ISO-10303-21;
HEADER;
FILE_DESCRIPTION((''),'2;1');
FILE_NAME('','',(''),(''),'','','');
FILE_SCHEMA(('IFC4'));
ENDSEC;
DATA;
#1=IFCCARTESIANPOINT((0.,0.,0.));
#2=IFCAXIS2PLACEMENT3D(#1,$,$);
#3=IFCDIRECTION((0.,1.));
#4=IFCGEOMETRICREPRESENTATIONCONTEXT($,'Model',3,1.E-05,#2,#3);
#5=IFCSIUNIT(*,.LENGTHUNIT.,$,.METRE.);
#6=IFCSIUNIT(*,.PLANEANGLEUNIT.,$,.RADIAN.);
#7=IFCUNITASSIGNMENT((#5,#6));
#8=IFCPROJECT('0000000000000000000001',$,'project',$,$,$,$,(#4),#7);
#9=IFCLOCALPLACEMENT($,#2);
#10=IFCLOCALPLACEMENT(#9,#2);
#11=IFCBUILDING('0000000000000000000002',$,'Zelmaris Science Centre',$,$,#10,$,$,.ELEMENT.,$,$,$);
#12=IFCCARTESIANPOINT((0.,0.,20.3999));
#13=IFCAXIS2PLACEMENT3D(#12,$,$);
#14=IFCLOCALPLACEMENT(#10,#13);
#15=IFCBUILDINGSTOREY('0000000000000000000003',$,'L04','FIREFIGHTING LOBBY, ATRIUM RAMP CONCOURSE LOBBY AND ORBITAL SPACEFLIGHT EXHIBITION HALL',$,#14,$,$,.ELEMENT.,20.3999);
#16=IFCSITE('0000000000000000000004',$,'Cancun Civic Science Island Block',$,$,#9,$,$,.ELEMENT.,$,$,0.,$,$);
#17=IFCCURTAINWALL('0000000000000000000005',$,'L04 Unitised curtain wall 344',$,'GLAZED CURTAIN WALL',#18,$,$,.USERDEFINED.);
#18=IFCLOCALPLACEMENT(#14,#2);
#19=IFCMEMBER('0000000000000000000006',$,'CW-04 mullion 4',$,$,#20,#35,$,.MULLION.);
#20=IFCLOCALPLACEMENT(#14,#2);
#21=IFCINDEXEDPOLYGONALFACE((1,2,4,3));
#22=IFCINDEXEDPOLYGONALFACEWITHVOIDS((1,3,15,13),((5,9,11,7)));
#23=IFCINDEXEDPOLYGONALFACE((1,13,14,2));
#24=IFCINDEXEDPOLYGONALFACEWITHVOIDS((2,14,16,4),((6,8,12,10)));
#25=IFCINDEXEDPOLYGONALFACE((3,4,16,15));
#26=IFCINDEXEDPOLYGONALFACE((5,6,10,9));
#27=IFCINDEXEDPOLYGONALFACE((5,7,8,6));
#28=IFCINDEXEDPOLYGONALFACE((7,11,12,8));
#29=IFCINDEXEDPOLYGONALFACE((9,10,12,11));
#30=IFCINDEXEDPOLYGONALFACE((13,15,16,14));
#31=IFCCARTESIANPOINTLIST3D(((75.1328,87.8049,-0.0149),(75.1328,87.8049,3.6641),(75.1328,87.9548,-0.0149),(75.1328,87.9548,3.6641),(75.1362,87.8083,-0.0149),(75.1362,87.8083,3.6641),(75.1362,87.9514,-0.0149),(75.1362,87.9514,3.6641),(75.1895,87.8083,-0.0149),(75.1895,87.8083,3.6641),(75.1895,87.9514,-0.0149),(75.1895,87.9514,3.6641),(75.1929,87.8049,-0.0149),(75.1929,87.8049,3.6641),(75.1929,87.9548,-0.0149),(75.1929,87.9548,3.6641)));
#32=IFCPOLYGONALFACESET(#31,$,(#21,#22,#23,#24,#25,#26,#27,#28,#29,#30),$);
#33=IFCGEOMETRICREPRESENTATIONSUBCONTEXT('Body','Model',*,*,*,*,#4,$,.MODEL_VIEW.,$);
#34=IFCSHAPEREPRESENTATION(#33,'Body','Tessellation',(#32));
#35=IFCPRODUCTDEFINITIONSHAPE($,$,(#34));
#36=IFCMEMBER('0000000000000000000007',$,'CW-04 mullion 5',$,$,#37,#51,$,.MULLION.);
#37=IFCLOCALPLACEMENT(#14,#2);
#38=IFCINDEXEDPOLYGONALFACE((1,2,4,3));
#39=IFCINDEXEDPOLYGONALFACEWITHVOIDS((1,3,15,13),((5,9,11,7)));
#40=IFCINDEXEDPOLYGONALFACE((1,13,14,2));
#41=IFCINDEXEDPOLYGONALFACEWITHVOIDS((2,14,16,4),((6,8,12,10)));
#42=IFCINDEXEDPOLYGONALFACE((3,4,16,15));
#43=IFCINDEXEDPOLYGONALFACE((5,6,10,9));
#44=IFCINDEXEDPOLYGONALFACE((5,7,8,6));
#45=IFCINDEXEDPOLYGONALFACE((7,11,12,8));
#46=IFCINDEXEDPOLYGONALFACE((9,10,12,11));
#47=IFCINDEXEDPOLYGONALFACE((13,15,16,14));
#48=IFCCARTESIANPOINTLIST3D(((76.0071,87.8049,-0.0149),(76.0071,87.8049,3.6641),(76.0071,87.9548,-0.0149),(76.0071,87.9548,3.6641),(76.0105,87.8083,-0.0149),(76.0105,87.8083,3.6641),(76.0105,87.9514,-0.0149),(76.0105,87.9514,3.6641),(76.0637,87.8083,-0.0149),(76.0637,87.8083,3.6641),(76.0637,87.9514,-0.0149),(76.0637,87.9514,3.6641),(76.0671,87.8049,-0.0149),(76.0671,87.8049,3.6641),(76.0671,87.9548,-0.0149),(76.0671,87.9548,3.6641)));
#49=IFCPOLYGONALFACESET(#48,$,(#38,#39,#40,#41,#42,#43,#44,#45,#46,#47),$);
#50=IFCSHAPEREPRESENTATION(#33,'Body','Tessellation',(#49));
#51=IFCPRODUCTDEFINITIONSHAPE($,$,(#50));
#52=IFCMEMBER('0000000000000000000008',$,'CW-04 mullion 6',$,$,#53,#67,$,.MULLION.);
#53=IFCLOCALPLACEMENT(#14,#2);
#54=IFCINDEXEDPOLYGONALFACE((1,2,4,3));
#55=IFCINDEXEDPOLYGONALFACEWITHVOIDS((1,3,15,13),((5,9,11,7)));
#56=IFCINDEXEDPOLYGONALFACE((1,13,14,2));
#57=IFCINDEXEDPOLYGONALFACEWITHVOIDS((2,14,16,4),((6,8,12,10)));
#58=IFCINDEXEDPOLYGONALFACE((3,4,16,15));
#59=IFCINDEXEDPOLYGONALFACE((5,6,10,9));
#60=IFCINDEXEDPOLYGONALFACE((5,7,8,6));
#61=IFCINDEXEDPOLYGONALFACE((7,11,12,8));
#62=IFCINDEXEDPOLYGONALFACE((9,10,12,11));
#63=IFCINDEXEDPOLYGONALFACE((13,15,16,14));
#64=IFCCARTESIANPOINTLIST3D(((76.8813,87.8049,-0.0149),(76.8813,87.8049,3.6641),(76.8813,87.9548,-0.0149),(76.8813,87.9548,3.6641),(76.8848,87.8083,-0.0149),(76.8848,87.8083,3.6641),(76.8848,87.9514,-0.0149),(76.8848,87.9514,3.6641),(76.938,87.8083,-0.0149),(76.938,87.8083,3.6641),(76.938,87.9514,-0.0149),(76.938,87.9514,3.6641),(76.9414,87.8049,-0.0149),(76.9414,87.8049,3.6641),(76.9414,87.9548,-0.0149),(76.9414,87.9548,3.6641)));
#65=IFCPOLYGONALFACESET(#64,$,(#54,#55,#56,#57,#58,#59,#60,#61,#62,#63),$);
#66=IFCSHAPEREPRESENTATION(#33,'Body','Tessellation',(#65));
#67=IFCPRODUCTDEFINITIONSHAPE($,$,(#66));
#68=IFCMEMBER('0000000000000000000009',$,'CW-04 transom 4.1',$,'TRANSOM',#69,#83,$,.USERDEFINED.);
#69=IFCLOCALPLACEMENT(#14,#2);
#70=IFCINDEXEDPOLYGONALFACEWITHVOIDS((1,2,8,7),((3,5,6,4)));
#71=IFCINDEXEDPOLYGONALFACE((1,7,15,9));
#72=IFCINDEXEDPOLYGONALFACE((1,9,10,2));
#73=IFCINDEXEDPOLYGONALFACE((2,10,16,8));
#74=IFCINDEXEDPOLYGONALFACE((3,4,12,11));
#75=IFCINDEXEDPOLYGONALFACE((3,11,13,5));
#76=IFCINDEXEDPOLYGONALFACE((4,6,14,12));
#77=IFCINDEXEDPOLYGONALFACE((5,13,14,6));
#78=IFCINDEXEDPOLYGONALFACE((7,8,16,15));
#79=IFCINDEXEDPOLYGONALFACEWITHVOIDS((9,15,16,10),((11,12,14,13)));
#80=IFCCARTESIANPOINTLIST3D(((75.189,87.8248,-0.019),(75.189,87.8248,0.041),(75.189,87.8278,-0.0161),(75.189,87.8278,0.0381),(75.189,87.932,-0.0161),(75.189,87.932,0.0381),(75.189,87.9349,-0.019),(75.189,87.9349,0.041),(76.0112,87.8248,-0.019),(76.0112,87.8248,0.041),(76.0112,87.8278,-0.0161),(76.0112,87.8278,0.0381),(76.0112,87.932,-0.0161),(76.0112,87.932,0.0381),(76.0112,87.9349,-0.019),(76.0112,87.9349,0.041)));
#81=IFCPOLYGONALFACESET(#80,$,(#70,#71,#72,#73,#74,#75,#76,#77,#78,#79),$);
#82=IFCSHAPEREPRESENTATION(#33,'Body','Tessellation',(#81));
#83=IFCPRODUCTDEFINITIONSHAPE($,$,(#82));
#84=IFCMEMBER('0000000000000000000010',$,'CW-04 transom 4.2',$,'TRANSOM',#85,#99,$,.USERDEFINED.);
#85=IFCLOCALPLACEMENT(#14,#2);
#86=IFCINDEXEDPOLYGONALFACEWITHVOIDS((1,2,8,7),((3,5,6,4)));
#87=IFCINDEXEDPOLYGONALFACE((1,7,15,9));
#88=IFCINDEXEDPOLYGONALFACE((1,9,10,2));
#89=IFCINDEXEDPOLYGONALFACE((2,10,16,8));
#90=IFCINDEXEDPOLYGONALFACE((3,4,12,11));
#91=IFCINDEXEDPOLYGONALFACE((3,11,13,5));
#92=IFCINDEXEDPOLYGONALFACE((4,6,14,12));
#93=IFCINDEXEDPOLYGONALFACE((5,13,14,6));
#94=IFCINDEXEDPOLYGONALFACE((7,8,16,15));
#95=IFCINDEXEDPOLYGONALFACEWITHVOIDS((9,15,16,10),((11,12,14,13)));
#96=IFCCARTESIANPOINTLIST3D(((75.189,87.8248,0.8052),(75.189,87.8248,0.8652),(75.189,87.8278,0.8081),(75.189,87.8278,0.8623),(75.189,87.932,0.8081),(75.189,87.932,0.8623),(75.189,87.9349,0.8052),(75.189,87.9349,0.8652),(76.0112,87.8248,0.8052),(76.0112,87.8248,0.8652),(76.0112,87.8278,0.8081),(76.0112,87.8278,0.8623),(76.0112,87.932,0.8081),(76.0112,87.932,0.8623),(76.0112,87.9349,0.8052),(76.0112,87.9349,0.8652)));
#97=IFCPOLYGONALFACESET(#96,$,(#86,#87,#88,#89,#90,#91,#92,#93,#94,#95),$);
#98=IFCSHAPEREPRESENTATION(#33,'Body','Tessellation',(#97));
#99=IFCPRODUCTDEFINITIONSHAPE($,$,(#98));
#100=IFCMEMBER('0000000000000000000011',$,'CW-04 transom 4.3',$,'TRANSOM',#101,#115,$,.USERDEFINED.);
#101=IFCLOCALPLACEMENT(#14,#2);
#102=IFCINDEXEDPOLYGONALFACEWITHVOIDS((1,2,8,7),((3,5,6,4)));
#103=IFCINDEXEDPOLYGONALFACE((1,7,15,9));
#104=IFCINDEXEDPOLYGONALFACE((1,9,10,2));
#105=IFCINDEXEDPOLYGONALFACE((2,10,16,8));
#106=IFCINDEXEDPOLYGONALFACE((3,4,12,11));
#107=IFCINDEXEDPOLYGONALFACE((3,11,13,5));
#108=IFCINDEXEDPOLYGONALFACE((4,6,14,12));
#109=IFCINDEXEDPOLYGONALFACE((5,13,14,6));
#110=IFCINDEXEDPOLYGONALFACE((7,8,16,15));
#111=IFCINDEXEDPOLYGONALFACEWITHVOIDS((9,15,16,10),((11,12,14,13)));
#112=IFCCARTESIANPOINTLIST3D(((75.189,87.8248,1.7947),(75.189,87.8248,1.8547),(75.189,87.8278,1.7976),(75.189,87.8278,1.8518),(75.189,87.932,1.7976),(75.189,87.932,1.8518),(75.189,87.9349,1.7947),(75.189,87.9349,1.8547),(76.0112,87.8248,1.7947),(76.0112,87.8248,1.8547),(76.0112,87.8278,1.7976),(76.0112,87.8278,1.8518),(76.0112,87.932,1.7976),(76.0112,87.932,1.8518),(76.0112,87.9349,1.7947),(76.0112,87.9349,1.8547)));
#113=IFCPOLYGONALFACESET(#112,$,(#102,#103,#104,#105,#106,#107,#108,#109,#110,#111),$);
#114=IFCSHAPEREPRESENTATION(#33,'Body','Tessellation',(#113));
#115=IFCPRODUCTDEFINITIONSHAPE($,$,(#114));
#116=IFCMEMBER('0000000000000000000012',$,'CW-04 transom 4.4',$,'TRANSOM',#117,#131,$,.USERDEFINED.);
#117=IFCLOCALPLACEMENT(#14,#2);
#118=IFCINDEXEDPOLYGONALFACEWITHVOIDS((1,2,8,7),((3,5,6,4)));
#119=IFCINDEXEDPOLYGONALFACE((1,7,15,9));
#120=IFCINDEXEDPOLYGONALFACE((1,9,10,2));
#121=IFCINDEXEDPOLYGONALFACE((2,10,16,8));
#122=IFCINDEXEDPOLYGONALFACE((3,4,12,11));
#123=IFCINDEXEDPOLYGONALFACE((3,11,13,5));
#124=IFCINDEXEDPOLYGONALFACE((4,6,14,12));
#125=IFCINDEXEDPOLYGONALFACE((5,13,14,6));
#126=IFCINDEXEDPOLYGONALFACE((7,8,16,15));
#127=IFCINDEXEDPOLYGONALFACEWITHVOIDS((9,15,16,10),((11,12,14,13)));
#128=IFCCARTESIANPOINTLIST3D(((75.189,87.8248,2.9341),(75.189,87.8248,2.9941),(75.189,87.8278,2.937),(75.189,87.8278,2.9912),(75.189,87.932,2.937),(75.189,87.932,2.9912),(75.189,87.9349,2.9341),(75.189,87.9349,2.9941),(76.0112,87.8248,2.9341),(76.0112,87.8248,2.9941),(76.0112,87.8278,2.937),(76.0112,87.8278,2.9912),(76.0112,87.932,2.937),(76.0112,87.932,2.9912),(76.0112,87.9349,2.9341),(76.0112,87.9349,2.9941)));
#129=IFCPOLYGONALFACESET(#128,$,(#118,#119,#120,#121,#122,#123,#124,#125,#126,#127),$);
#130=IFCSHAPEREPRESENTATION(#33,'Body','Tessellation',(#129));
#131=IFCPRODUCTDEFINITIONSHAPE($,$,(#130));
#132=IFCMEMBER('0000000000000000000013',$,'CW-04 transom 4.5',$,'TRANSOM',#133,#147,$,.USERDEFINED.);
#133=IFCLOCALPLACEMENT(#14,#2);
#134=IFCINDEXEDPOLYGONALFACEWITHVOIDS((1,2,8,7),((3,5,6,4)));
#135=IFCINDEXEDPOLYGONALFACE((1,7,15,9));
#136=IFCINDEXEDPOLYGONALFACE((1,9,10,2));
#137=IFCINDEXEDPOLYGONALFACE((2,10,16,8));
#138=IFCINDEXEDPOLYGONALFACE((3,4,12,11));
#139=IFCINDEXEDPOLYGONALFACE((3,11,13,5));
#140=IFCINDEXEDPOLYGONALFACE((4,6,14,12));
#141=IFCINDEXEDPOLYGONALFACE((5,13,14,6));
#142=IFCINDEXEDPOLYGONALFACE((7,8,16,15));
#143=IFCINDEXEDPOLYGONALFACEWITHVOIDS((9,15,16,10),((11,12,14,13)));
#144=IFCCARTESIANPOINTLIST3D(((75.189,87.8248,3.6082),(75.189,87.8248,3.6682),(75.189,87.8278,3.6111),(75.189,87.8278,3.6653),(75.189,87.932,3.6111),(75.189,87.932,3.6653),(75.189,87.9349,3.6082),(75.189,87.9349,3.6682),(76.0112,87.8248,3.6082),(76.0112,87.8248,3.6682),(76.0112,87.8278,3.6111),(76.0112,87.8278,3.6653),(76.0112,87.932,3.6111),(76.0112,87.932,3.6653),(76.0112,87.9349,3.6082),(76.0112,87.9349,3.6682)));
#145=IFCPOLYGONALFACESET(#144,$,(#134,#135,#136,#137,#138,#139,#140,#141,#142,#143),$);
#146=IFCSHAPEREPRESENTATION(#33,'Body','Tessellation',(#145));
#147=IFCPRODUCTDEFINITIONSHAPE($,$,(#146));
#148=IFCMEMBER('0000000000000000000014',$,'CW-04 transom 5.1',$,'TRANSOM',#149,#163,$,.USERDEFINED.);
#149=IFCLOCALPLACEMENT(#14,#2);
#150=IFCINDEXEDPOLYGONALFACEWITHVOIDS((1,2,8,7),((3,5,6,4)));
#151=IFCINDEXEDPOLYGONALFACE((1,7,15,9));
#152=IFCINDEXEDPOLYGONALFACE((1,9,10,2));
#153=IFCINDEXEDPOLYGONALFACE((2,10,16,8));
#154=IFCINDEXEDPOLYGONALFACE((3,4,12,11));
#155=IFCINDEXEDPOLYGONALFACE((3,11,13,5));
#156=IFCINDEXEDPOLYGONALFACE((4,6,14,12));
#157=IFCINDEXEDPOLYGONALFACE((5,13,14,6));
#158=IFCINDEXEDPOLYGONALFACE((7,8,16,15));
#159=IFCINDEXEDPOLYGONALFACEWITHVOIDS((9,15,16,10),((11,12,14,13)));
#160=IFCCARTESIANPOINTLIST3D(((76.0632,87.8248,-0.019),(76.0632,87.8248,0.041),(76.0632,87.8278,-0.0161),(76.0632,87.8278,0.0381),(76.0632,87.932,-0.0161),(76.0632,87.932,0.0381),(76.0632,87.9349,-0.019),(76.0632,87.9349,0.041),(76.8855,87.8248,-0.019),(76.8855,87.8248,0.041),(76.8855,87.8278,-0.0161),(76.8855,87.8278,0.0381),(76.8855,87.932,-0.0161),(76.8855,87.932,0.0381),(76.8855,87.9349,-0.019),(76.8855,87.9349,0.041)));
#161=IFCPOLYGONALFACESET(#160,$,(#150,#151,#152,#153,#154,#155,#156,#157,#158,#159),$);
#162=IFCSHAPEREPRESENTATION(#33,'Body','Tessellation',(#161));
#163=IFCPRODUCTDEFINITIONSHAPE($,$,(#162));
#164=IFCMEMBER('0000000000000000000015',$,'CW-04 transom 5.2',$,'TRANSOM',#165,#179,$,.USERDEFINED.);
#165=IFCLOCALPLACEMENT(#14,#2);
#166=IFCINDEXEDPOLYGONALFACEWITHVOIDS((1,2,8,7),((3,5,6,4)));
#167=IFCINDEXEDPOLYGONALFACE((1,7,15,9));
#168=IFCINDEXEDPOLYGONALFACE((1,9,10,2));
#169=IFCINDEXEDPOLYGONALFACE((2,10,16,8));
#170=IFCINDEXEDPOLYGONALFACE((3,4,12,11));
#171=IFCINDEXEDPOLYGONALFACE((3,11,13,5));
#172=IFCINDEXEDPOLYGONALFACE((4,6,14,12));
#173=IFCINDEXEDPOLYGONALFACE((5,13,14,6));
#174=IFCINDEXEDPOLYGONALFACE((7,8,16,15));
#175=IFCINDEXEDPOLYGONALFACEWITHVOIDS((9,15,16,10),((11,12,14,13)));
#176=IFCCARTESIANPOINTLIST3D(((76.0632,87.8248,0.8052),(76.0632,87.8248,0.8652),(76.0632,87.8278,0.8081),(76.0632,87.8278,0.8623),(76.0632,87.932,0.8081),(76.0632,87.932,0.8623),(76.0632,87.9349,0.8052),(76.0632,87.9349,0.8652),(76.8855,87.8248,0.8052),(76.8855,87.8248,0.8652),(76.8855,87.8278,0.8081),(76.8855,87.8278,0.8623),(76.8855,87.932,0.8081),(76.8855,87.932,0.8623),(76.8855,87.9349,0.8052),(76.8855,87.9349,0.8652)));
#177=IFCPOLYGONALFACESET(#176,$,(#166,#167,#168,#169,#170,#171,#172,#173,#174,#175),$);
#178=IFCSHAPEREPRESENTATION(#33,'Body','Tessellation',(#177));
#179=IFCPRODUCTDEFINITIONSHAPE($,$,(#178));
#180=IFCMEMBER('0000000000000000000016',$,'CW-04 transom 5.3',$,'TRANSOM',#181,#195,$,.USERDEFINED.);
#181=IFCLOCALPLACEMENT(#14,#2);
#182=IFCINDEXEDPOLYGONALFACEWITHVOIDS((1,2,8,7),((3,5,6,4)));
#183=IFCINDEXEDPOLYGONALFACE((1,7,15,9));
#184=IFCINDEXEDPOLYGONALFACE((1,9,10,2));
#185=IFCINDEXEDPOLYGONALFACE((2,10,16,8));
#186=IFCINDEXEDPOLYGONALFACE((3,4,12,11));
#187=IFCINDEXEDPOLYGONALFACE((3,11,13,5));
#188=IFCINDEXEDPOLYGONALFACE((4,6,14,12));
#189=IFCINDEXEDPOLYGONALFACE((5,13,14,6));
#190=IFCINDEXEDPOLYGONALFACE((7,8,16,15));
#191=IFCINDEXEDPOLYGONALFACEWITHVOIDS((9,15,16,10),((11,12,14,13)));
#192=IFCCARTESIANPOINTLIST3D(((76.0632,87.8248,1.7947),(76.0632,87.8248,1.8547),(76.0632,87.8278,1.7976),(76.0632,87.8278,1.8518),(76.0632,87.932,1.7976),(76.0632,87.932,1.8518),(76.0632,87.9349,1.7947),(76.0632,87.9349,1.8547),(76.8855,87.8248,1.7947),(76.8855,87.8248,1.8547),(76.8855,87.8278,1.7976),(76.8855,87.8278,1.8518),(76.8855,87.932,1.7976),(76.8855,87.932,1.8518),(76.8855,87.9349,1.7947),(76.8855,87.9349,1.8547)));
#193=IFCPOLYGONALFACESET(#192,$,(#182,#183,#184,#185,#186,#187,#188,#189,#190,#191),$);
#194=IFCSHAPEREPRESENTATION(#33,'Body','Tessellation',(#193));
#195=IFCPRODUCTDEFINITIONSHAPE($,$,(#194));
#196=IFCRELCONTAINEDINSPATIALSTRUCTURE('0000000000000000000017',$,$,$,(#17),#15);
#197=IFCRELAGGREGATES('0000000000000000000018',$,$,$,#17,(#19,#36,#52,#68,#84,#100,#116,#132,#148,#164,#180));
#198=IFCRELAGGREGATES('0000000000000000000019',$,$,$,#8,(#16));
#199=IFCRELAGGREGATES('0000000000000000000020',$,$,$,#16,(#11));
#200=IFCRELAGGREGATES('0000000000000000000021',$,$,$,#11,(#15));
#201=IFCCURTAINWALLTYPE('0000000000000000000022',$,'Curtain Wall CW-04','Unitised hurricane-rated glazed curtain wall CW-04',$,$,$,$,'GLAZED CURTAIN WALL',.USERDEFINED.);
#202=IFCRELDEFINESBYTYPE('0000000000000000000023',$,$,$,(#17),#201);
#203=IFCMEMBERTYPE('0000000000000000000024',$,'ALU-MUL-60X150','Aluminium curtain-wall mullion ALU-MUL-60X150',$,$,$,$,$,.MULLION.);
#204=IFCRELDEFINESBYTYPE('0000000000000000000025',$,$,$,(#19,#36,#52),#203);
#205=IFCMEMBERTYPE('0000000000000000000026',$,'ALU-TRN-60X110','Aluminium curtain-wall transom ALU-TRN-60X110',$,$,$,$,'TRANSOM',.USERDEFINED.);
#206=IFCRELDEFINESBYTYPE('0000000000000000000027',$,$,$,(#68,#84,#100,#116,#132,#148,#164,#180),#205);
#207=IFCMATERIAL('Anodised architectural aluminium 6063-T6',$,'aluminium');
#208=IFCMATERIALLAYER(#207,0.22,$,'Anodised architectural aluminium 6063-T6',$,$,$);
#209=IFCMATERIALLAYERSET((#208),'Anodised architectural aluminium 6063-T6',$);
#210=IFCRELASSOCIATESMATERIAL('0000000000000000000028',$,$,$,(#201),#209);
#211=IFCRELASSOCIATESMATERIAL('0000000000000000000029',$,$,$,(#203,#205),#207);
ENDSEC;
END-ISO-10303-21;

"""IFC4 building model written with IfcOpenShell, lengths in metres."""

from ifc_helpers import new_model, si_unit, direction, frame, origin, origin_2d, place, context, subcontext, project, spatial, hollow_rectangle, extrude, material, layer, layer_set, material_profile, profile_set, type_object, element, aggregate, save


model = new_model("IFC4")

# Units and contexts
model_context = context("Model", 3, precision=1e-05, world=origin(), true_north=direction((0.0, 1.0)))
body_context = subcontext(model_context, "Body", "Model", "MODEL_VIEW")
ifc_project = project(units=[si_unit("LENGTHUNIT", "METRE"), si_unit("PLANEANGLEUNIT", "RADIAN")], contexts=[model_context])

# Site, building, storey
site_placement = place(None, origin())
site = spatial("IfcSite", under=ifc_project, at=site_placement, Name="Cancun Civic Science Island Block", CompositionType="ELEMENT", RefElevation=0.0)
building_placement = place(site_placement, origin())
building = spatial("IfcBuilding", under=site, at=building_placement, Name="Zelmaris Science Centre", CompositionType="ELEMENT")
storey_placement = place(building_placement, frame((0.0, 0.0, 20.3999)))
storey = spatial("IfcBuildingStorey", under=building, at=storey_placement, Name="L04", Description="FIREFIGHTING LOBBY, ATRIUM RAMP CONCOURSE LOBBY AND ORBITAL SPACEFLIGHT EXHIBITION HALL", CompositionType="ELEMENT", Elevation=20.3999)

# Curtain wall, members
ifc_material_1 = material(Name="Anodised architectural aluminium 6063-T6", Category="aluminium")
ifc_layer_1 = layer(ifc_material_1, 0.22, Name="Anodised architectural aluminium 6063-T6")
ifc_layer_set_1 = layer_set([ifc_layer_1], Name="Anodised architectural aluminium 6063-T6")
curtain_wall_type = type_object("IfcCurtainWallType", Name="Curtain Wall CW-04", Description="Unitised hurricane-rated glazed curtain wall CW-04", ElementType="GLAZED CURTAIN WALL", PredefinedType="USERDEFINED", material=ifc_layer_set_1)
curtain_wall_placement = place(storey_placement, origin())
curtain_wall = element("IfcCurtainWall", 1, at=curtain_wall_placement, inside=storey, type_object=curtain_wall_type, Name="L04 Unitised curtain wall 344", ObjectType="GLAZED CURTAIN WALL", PredefinedType="USERDEFINED")
ifc_material_profile_1 = material_profile(ifc_material_1, hollow_rectangle(XDim=0.0601, YDim=0.1499, WallThickness=0.0034, at=origin_2d()), Name="ALU-MUL-60X150")
ifc_profile_set_1 = profile_set([ifc_material_profile_1], Name="Anodised architectural aluminium 6063-T6")
member_type_1 = type_object("IfcMemberType", Name="ALU-MUL-60X150", Description="Aluminium curtain-wall mullion ALU-MUL-60X150", PredefinedType="MULLION", material=ifc_profile_set_1)
member_1_placement = place(storey_placement, frame((75.1628, 87.8799, -0.0149), z_axis=(0.0, 0.0, 1.0), x_axis=(1.0, 0.0, 0.0)))
member_1 = element("IfcMember", 2, at=member_1_placement, type_object=member_type_1, Name="CW-04 mullion 4", PredefinedType="MULLION", context=body_context, shape_type="SweptSolid", body=[
    extrude(hollow_rectangle(XDim=0.0601, YDim=0.1499, WallThickness=0.0034, at=origin_2d()), origin(), (0.0, 0.0, 1.0), 3.679),
])
member_2_placement = place(storey_placement, frame((76.0371, 87.8799, -0.0149), z_axis=(0.0, 0.0, 1.0), x_axis=(1.0, 0.0, 0.0)))
member_2 = element("IfcMember", 3, at=member_2_placement, type_object=member_type_1, Name="CW-04 mullion 5", PredefinedType="MULLION", context=body_context, shape_type="SweptSolid", body=[
    extrude(hollow_rectangle(XDim=0.0601, YDim=0.1499, WallThickness=0.0034, at=origin_2d()), origin(), (0.0, 0.0, 1.0), 3.679),
])
member_3_placement = place(storey_placement, frame((76.9114, 87.8799, -0.0149), z_axis=(0.0, 0.0, 1.0), x_axis=(1.0, 0.0, 0.0)))
member_3 = element("IfcMember", 4, at=member_3_placement, type_object=member_type_1, Name="CW-04 mullion 6", PredefinedType="MULLION", context=body_context, shape_type="SweptSolid", body=[
    extrude(hollow_rectangle(XDim=0.0601, YDim=0.1499, WallThickness=0.0034, at=origin_2d()), origin(), (0.0, 0.0, 1.0), 3.679),
])
ifc_material_profile_2 = material_profile(ifc_material_1, hollow_rectangle(XDim=0.0601, YDim=0.1101, WallThickness=0.0029, at=origin_2d()), Name="ALU-TRN-60X110")
ifc_profile_set_2 = profile_set([ifc_material_profile_2], Name="Anodised architectural aluminium 6063-T6")
member_type_2 = type_object("IfcMemberType", Name="ALU-TRN-60X110", Description="Aluminium curtain-wall transom ALU-TRN-60X110", ElementType="TRANSOM", PredefinedType="USERDEFINED", material=ifc_profile_set_2)
member_4_placement = place(storey_placement, frame((75.189, 87.8799, 0.011), z_axis=(1.0, 0.0, 0.0), x_axis=(0.0, 0.0, 1.0)))
member_4 = element("IfcMember", 5, at=member_4_placement, type_object=member_type_2, Name="CW-04 transom 4.1", ObjectType="TRANSOM", PredefinedType="USERDEFINED", context=body_context, shape_type="SweptSolid", body=[
    extrude(hollow_rectangle(XDim=0.0601, YDim=0.1101, WallThickness=0.0029, at=origin_2d()), origin(), (0.0, 0.0, 1.0), 0.8223),
])
member_5_placement = place(storey_placement, frame((75.189, 87.8799, 0.8352), z_axis=(1.0, 0.0, 0.0), x_axis=(0.0, 0.0, 1.0)))
member_5 = element("IfcMember", 6, at=member_5_placement, type_object=member_type_2, Name="CW-04 transom 4.2", ObjectType="TRANSOM", PredefinedType="USERDEFINED", context=body_context, shape_type="SweptSolid", body=[
    extrude(hollow_rectangle(XDim=0.0601, YDim=0.1101, WallThickness=0.0029, at=origin_2d()), origin(), (0.0, 0.0, 1.0), 0.8223),
])
member_6_placement = place(storey_placement, frame((75.189, 87.8799, 1.8247), z_axis=(1.0, 0.0, 0.0), x_axis=(0.0, 0.0, 1.0)))
member_6 = element("IfcMember", 7, at=member_6_placement, type_object=member_type_2, Name="CW-04 transom 4.3", ObjectType="TRANSOM", PredefinedType="USERDEFINED", context=body_context, shape_type="SweptSolid", body=[
    extrude(hollow_rectangle(XDim=0.0601, YDim=0.1101, WallThickness=0.0029, at=origin_2d()), origin(), (0.0, 0.0, 1.0), 0.8223),
])
member_7_placement = place(storey_placement, frame((75.189, 87.8799, 2.9641), z_axis=(1.0, 0.0, 0.0), x_axis=(0.0, 0.0, 1.0)))
member_7 = element("IfcMember", 8, at=member_7_placement, type_object=member_type_2, Name="CW-04 transom 4.4", ObjectType="TRANSOM", PredefinedType="USERDEFINED", context=body_context, shape_type="SweptSolid", body=[
    extrude(hollow_rectangle(XDim=0.0601, YDim=0.1101, WallThickness=0.0029, at=origin_2d()), origin(), (0.0, 0.0, 1.0), 0.8223),
])
member_8_placement = place(storey_placement, frame((75.189, 87.8799, 3.6382), z_axis=(1.0, 0.0, 0.0), x_axis=(0.0, 0.0, 1.0)))
member_8 = element("IfcMember", 9, at=member_8_placement, type_object=member_type_2, Name="CW-04 transom 4.5", ObjectType="TRANSOM", PredefinedType="USERDEFINED", context=body_context, shape_type="SweptSolid", body=[
    extrude(hollow_rectangle(XDim=0.0601, YDim=0.1101, WallThickness=0.0029, at=origin_2d()), origin(), (0.0, 0.0, 1.0), 0.8223),
])
member_9_placement = place(storey_placement, frame((76.0632, 87.8799, 0.011), z_axis=(1.0, 0.0, 0.0), x_axis=(0.0, 0.0, 1.0)))
member_9 = element("IfcMember", 10, at=member_9_placement, type_object=member_type_2, Name="CW-04 transom 5.1", ObjectType="TRANSOM", PredefinedType="USERDEFINED", context=body_context, shape_type="SweptSolid", body=[
    extrude(hollow_rectangle(XDim=0.0601, YDim=0.1101, WallThickness=0.0029, at=origin_2d()), origin(), (0.0, 0.0, 1.0), 0.8223),
])
member_10_placement = place(storey_placement, frame((76.0632, 87.8799, 0.8352), z_axis=(1.0, 0.0, 0.0), x_axis=(0.0, 0.0, 1.0)))
member_10 = element("IfcMember", 11, at=member_10_placement, type_object=member_type_2, Name="CW-04 transom 5.2", ObjectType="TRANSOM", PredefinedType="USERDEFINED", context=body_context, shape_type="SweptSolid", body=[
    extrude(hollow_rectangle(XDim=0.0601, YDim=0.1101, WallThickness=0.0029, at=origin_2d()), origin(), (0.0, 0.0, 1.0), 0.8223),
])
member_11_placement = place(storey_placement, frame((76.0632, 87.8799, 1.8247), z_axis=(1.0, 0.0, 0.0), x_axis=(0.0, 0.0, 1.0)))
member_11 = element("IfcMember", 12, at=member_11_placement, type_object=member_type_2, Name="CW-04 transom 5.3", ObjectType="TRANSOM", PredefinedType="USERDEFINED", context=body_context, shape_type="SweptSolid", body=[
    extrude(hollow_rectangle(XDim=0.0601, YDim=0.1101, WallThickness=0.0029, at=origin_2d()), origin(), (0.0, 0.0, 1.0), 0.8223),
])
aggregate(curtain_wall, [member_1, member_2, member_3, member_4, member_5, member_6, member_7, member_8, member_9, member_10, member_11])

save(model, "model.ifc")
